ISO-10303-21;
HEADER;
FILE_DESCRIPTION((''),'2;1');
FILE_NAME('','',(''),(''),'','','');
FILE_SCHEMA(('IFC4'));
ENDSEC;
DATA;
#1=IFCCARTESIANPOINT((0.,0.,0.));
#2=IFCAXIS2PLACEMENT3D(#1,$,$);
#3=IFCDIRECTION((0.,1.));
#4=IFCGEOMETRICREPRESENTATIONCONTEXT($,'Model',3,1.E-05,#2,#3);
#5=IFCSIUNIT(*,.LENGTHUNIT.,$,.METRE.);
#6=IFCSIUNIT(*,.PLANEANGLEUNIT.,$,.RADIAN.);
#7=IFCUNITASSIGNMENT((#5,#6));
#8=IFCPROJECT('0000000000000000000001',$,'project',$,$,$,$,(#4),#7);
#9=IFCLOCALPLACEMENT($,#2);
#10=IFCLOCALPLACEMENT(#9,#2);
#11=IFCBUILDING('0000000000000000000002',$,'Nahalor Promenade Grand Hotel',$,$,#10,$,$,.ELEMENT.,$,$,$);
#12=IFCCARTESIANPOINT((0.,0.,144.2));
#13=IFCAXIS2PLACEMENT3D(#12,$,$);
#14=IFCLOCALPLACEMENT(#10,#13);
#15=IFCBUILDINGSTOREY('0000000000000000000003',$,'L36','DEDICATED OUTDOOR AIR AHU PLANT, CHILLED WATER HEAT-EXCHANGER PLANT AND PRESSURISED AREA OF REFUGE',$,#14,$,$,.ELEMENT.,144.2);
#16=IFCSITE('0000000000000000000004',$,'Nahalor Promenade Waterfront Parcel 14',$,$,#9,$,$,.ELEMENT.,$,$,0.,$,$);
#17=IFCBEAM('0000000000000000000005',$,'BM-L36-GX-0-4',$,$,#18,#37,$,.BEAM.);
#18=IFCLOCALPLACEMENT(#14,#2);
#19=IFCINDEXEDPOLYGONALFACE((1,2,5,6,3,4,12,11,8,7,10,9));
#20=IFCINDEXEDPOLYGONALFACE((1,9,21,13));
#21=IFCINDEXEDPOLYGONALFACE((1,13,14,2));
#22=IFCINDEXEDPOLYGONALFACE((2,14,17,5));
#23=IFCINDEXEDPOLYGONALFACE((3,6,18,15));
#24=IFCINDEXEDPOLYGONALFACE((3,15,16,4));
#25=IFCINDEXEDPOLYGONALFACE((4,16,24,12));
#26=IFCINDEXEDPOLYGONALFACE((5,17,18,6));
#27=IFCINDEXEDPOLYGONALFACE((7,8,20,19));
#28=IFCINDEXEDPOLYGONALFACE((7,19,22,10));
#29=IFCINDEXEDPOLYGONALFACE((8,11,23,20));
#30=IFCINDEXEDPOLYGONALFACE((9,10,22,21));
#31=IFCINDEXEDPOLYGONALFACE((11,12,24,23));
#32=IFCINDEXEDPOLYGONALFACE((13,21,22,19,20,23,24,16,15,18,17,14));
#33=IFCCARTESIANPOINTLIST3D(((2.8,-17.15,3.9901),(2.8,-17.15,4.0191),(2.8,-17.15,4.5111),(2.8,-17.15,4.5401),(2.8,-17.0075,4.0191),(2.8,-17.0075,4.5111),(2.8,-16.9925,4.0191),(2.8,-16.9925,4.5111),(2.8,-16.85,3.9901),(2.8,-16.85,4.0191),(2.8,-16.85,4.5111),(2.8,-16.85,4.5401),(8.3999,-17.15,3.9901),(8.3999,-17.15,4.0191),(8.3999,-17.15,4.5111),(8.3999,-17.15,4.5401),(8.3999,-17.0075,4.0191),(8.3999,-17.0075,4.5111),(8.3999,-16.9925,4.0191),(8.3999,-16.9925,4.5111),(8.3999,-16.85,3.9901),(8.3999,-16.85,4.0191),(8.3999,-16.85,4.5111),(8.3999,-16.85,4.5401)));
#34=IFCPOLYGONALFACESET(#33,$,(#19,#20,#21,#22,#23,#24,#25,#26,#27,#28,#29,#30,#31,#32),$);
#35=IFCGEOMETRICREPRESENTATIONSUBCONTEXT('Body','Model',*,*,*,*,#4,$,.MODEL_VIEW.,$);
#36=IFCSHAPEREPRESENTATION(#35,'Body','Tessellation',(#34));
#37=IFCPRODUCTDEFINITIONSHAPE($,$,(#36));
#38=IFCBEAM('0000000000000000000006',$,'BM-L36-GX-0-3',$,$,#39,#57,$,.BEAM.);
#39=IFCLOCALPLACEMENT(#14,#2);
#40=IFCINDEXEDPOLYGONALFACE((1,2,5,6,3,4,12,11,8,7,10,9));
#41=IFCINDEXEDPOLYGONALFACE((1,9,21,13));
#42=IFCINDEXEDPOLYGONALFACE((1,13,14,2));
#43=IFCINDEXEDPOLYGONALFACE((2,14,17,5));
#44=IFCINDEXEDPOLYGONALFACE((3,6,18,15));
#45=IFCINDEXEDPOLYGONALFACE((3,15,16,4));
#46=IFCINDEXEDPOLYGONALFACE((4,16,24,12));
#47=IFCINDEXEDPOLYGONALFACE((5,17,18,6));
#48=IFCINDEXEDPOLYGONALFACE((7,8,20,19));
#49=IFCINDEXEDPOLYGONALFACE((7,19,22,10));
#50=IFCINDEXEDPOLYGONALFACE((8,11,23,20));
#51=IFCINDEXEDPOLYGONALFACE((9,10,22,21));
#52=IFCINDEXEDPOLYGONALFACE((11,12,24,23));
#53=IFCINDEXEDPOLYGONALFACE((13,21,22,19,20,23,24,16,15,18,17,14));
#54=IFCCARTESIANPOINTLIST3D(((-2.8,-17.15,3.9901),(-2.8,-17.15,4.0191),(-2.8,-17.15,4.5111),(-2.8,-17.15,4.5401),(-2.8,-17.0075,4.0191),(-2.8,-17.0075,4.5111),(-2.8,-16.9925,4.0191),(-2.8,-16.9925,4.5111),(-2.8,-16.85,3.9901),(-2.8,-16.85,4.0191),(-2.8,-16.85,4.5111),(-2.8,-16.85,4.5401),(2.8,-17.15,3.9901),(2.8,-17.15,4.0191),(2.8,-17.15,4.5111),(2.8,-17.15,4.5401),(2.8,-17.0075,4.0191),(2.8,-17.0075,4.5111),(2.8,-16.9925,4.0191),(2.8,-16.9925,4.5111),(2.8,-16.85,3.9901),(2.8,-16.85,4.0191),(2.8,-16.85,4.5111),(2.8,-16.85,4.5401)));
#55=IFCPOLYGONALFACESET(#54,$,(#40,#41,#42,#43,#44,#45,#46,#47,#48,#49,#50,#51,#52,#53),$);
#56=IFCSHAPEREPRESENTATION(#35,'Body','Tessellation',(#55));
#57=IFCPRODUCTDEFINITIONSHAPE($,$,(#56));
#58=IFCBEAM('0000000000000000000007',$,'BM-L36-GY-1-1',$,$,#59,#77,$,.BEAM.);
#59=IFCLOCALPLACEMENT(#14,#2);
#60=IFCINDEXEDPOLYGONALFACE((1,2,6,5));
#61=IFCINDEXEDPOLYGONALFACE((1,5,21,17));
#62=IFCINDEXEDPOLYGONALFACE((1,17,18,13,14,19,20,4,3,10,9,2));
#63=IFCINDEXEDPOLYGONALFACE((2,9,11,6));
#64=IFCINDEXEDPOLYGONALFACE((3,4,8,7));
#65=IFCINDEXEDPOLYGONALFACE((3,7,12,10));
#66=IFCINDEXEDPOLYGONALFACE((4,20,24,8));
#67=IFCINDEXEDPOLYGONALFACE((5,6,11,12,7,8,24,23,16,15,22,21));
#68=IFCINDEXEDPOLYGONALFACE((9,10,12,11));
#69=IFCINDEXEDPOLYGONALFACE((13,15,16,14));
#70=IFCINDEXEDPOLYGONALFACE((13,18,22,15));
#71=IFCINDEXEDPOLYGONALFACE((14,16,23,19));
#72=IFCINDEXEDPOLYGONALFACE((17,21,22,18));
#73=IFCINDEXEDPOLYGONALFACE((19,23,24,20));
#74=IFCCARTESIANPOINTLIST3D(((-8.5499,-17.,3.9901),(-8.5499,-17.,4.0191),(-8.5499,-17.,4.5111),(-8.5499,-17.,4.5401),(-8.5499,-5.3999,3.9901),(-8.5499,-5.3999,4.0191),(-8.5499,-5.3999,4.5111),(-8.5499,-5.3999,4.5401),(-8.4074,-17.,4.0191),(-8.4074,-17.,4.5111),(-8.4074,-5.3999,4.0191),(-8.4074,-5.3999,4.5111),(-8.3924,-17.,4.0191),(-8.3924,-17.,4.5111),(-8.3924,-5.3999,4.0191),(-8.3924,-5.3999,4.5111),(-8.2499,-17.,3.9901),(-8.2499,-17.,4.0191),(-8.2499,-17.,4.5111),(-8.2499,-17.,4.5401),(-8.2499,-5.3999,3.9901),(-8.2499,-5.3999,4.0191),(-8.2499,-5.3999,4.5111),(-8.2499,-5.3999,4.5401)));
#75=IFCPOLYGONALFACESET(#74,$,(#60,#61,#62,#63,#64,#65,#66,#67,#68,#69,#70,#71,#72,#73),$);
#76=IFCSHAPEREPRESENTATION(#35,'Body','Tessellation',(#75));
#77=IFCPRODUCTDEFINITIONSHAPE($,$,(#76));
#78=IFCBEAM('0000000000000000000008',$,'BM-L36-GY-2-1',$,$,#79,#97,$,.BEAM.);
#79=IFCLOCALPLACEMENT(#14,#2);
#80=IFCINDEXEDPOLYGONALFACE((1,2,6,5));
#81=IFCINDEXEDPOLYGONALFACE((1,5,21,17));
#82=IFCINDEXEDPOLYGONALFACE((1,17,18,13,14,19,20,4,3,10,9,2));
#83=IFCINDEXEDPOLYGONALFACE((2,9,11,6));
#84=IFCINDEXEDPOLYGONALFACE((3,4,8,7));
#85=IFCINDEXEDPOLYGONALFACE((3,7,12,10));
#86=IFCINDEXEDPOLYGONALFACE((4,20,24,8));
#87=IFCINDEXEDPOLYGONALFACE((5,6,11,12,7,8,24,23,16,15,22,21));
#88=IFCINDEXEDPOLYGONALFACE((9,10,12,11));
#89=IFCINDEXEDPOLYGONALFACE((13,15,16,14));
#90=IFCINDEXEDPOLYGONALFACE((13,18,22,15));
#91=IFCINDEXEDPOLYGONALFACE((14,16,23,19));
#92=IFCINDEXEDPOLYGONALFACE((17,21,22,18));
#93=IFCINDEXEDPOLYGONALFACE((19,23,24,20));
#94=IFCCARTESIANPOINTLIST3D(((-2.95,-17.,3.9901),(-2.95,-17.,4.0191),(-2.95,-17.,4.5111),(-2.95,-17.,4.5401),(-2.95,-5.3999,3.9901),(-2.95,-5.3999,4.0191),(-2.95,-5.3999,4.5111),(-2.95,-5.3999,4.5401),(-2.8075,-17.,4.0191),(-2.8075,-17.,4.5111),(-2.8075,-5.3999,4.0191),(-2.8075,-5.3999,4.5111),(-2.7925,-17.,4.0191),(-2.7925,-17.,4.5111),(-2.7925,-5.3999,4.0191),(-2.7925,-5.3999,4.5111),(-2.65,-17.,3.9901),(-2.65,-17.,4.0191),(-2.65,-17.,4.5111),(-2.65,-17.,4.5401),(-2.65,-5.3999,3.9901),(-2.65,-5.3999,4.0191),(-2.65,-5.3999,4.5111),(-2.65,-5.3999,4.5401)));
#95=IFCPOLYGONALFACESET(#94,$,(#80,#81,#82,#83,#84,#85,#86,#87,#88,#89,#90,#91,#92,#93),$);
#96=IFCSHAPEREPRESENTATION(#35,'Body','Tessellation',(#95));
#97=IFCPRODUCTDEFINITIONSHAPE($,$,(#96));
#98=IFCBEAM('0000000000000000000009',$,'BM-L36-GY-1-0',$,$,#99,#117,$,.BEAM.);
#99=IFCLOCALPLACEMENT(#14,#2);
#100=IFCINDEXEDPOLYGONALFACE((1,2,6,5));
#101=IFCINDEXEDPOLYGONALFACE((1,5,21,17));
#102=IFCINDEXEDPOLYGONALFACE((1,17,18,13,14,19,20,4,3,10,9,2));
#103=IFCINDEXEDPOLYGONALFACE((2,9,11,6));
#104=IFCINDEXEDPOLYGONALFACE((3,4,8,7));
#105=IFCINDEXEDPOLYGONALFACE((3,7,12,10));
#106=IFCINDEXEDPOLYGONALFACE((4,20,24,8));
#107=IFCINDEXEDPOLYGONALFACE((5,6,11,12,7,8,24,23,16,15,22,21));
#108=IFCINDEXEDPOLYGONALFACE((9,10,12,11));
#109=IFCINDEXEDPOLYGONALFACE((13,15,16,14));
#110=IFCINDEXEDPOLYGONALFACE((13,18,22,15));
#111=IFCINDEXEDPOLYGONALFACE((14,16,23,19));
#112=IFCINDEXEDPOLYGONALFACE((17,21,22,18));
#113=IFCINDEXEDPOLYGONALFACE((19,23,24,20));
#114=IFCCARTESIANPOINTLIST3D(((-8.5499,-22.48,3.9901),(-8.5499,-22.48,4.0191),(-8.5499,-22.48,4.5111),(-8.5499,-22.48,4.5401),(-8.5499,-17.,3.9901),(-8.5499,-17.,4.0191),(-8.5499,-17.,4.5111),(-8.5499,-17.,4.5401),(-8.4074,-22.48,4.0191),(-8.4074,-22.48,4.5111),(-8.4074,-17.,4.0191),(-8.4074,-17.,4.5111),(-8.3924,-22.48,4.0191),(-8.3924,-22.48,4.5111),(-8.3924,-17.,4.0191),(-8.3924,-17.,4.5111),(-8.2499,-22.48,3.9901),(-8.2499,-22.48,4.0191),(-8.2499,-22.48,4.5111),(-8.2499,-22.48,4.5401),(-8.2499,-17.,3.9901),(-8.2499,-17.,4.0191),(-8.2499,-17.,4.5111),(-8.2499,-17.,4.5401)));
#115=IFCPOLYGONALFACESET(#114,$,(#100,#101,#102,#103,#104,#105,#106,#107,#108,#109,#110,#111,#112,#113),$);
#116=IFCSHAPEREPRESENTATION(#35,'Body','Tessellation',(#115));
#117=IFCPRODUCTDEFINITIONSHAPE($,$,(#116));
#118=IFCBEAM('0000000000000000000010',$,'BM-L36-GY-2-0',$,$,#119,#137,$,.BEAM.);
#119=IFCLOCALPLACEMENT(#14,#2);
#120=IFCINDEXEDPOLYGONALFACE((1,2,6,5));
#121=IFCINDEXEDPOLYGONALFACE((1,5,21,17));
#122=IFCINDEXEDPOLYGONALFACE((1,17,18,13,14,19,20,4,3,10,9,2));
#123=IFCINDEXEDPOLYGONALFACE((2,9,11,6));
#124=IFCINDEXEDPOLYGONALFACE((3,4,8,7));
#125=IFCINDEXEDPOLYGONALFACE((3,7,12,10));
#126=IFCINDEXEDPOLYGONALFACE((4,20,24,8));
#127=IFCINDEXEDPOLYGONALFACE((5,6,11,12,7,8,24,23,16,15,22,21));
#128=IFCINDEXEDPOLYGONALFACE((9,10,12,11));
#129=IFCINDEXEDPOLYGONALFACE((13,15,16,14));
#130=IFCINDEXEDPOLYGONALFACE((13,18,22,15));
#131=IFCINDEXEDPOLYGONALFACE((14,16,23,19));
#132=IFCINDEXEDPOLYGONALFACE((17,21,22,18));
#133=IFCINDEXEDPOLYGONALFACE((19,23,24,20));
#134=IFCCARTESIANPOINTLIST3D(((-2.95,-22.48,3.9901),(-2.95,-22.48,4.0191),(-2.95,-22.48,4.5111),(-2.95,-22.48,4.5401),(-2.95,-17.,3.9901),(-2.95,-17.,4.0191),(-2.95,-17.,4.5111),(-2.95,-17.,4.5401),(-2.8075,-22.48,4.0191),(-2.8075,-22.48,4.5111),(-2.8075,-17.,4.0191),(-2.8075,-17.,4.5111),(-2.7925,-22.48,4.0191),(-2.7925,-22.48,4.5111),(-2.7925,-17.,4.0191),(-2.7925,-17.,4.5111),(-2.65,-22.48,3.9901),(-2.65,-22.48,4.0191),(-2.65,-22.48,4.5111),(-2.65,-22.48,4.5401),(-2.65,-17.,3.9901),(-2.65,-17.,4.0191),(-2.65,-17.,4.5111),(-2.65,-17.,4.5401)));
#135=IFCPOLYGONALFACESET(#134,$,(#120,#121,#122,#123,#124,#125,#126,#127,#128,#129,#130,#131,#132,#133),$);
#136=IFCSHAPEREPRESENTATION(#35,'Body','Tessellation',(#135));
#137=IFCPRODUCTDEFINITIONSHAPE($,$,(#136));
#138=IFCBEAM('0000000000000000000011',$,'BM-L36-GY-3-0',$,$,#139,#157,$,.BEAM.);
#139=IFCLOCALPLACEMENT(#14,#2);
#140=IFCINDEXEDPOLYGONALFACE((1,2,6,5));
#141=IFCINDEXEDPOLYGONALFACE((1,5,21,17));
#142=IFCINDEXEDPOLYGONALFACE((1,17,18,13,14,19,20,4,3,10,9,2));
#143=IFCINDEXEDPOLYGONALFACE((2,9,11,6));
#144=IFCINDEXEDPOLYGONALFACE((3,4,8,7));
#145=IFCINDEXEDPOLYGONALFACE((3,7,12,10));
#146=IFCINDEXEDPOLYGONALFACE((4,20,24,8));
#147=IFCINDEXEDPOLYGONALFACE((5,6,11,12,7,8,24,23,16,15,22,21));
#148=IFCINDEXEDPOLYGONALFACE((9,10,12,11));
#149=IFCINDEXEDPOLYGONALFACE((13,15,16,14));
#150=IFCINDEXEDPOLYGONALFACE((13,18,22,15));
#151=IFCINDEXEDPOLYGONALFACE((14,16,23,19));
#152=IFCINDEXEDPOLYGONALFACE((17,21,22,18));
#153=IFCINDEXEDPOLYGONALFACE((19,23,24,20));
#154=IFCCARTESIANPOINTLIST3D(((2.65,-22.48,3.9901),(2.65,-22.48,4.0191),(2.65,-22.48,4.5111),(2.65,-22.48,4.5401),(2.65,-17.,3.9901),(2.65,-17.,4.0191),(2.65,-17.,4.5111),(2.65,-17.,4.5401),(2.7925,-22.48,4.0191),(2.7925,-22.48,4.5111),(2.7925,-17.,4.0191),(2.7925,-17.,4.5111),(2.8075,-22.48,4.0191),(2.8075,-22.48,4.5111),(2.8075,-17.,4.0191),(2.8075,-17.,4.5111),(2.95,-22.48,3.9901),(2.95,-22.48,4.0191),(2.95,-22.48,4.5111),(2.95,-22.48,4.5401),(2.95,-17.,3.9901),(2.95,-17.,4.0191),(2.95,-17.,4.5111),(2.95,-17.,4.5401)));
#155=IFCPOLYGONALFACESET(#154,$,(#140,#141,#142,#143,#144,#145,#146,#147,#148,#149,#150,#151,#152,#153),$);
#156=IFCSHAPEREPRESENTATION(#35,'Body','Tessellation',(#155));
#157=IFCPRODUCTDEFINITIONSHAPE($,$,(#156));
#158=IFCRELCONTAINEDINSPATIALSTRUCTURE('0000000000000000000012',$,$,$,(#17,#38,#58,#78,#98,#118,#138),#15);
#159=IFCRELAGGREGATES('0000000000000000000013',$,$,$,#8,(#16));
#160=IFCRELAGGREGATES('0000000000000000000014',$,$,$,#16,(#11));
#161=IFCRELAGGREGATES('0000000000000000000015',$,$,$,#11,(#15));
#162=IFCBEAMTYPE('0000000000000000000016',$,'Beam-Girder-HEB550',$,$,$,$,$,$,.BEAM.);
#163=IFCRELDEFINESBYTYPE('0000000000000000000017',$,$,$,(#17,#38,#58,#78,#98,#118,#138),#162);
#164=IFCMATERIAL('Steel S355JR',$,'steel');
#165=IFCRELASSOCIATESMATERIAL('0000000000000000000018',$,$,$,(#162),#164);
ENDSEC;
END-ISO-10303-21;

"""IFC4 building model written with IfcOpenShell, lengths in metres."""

from ifc_helpers import new_model, si_unit, direction, frame, origin, origin_2d, place, context, subcontext, project, spatial, i_section, extrude, source, transform, mapped, material, material_profile, profile_set, type_object, element, save


model = new_model("IFC4")

# Units and contexts
model_context = context("Model", 3, precision=1e-05, world=origin(), true_north=direction((0.0, 1.0)))
body_context = subcontext(model_context, "Body", "Model", "MODEL_VIEW")
ifc_project = project(units=[si_unit("LENGTHUNIT", "METRE"), si_unit("PLANEANGLEUNIT", "RADIAN")], contexts=[model_context])

# Site, building, storey
site_placement = place(None, origin())
site = spatial("IfcSite", under=ifc_project, at=site_placement, Name="Nahalor Promenade Waterfront Parcel 14", CompositionType="ELEMENT", RefElevation=0.0)
building_placement = place(site_placement, origin())
building = spatial("IfcBuilding", under=site, at=building_placement, Name="Nahalor Promenade Grand Hotel", CompositionType="ELEMENT")
storey_placement = place(building_placement, frame((0.0, 0.0, 144.2)))
storey = spatial("IfcBuildingStorey", under=building, at=storey_placement, Name="L36", Description="DEDICATED OUTDOOR AIR AHU PLANT, CHILLED WATER HEAT-EXCHANGER PLANT AND PRESSURISED AREA OF REFUGE", CompositionType="ELEMENT", Elevation=144.2)

# Beams
ifc_material_1 = material(Name="Steel S355JR", Category="steel")
ifc_material_profile_1 = material_profile(ifc_material_1, i_section(OverallWidth=0.3, OverallDepth=0.55, WebThickness=0.015, FlangeThickness=0.029, at=origin_2d()), Name="HEB 550")
ifc_profile_set_1 = profile_set([ifc_material_profile_1], Name="Steel S355JR")
beam_type_1 = type_object("IfcBeamType", Name="Beam-Girder-HEB550", PredefinedType="BEAM", material=ifc_profile_set_1)
shared_shape_1 = source(origin(), body_context, "Body", "SweptSolid", [
    extrude(i_section(OverallWidth=0.3, OverallDepth=0.55, WebThickness=0.015, FlangeThickness=0.029, at=origin_2d()), origin(), (0.0, 0.0, 1.0), 5.5999),
])
for number, where, z_axis, x_axis, name in (
    (1, (2.8, -17.0, 4.2651), (1.0, 0.0, 0.0), (0.0, 1.0, 0.0), "BM-L36-GX-0-4"),
):
    element("IfcBeam", number, at=place(storey_placement, frame(where, z_axis=z_axis, x_axis=x_axis)), inside=storey, type_object=beam_type_1, Name=name, PredefinedType="BEAM", context=body_context, shape_type="MappedRepresentation", body=[
        mapped(shared_shape_1, transform((0.0, 0.0, 0.0), scale=1.0)),
    ])
shared_shape_2 = source(origin(), body_context, "Body", "SweptSolid", [
    extrude(i_section(OverallWidth=0.3, OverallDepth=0.55, WebThickness=0.015, FlangeThickness=0.029, at=origin_2d()), origin(), (0.0, 0.0, 1.0), 5.6001),
])
beam_1_placement = place(storey_placement, frame((-2.8, -17.0, 4.2651), z_axis=(1.0, 0.0, 0.0), x_axis=(0.0, 1.0, 0.0)))
element("IfcBeam", 2, at=beam_1_placement, inside=storey, type_object=beam_type_1, Name="BM-L36-GX-0-3", PredefinedType="BEAM", context=body_context, shape_type="MappedRepresentation", body=[
    mapped(shared_shape_2, transform((0.0, 0.0, 0.0), scale=1.0)),
])
shared_shape_3 = source(origin(), body_context, "Body", "SweptSolid", [
    extrude(i_section(OverallWidth=0.3, OverallDepth=0.55, WebThickness=0.015, FlangeThickness=0.029, at=origin_2d()), origin(), (0.0, 0.0, 1.0), 11.6001),
])
for number, where, z_axis, x_axis, name in (
    (3, (-8.3999, -17.0, 4.2651), (0.0, 1.0, 0.0), (-1.0, 0.0, 0.0), "BM-L36-GY-1-1"),
    (4, (-2.8, -17.0, 4.2651), (0.0, 1.0, 0.0), (-1.0, 0.0, 0.0), "BM-L36-GY-2-1"),
):
    element("IfcBeam", number, at=place(storey_placement, frame(where, z_axis=z_axis, x_axis=x_axis)), inside=storey, type_object=beam_type_1, Name=name, PredefinedType="BEAM", context=body_context, shape_type="MappedRepresentation", body=[
        mapped(shared_shape_3, transform((0.0, 0.0, 0.0), scale=1.0)),
    ])
shared_shape_4 = source(origin(), body_context, "Body", "SweptSolid", [
    extrude(i_section(OverallWidth=0.3, OverallDepth=0.55, WebThickness=0.015, FlangeThickness=0.029, at=origin_2d()), origin(), (0.0, 0.0, 1.0), 5.48),
])
for number, where, z_axis, x_axis, name in (
    (5, (-8.3999, -22.48, 4.2651), (0.0, 1.0, 0.0), (-1.0, 0.0, 0.0), "BM-L36-GY-1-0"),
    (6, (-2.8, -22.48, 4.2651), (0.0, 1.0, 0.0), (-1.0, 0.0, 0.0), "BM-L36-GY-2-0"),
    (7, (2.8, -22.48, 4.2651), (0.0, 1.0, 0.0), (-1.0, 0.0, 0.0), "BM-L36-GY-3-0"),
):
    element("IfcBeam", number, at=place(storey_placement, frame(where, z_axis=z_axis, x_axis=x_axis)), inside=storey, type_object=beam_type_1, Name=name, PredefinedType="BEAM", context=body_context, shape_type="MappedRepresentation", body=[
        mapped(shared_shape_4, transform((0.0, 0.0, 0.0), scale=1.0)),
    ])

save(model, "model.ifc")
